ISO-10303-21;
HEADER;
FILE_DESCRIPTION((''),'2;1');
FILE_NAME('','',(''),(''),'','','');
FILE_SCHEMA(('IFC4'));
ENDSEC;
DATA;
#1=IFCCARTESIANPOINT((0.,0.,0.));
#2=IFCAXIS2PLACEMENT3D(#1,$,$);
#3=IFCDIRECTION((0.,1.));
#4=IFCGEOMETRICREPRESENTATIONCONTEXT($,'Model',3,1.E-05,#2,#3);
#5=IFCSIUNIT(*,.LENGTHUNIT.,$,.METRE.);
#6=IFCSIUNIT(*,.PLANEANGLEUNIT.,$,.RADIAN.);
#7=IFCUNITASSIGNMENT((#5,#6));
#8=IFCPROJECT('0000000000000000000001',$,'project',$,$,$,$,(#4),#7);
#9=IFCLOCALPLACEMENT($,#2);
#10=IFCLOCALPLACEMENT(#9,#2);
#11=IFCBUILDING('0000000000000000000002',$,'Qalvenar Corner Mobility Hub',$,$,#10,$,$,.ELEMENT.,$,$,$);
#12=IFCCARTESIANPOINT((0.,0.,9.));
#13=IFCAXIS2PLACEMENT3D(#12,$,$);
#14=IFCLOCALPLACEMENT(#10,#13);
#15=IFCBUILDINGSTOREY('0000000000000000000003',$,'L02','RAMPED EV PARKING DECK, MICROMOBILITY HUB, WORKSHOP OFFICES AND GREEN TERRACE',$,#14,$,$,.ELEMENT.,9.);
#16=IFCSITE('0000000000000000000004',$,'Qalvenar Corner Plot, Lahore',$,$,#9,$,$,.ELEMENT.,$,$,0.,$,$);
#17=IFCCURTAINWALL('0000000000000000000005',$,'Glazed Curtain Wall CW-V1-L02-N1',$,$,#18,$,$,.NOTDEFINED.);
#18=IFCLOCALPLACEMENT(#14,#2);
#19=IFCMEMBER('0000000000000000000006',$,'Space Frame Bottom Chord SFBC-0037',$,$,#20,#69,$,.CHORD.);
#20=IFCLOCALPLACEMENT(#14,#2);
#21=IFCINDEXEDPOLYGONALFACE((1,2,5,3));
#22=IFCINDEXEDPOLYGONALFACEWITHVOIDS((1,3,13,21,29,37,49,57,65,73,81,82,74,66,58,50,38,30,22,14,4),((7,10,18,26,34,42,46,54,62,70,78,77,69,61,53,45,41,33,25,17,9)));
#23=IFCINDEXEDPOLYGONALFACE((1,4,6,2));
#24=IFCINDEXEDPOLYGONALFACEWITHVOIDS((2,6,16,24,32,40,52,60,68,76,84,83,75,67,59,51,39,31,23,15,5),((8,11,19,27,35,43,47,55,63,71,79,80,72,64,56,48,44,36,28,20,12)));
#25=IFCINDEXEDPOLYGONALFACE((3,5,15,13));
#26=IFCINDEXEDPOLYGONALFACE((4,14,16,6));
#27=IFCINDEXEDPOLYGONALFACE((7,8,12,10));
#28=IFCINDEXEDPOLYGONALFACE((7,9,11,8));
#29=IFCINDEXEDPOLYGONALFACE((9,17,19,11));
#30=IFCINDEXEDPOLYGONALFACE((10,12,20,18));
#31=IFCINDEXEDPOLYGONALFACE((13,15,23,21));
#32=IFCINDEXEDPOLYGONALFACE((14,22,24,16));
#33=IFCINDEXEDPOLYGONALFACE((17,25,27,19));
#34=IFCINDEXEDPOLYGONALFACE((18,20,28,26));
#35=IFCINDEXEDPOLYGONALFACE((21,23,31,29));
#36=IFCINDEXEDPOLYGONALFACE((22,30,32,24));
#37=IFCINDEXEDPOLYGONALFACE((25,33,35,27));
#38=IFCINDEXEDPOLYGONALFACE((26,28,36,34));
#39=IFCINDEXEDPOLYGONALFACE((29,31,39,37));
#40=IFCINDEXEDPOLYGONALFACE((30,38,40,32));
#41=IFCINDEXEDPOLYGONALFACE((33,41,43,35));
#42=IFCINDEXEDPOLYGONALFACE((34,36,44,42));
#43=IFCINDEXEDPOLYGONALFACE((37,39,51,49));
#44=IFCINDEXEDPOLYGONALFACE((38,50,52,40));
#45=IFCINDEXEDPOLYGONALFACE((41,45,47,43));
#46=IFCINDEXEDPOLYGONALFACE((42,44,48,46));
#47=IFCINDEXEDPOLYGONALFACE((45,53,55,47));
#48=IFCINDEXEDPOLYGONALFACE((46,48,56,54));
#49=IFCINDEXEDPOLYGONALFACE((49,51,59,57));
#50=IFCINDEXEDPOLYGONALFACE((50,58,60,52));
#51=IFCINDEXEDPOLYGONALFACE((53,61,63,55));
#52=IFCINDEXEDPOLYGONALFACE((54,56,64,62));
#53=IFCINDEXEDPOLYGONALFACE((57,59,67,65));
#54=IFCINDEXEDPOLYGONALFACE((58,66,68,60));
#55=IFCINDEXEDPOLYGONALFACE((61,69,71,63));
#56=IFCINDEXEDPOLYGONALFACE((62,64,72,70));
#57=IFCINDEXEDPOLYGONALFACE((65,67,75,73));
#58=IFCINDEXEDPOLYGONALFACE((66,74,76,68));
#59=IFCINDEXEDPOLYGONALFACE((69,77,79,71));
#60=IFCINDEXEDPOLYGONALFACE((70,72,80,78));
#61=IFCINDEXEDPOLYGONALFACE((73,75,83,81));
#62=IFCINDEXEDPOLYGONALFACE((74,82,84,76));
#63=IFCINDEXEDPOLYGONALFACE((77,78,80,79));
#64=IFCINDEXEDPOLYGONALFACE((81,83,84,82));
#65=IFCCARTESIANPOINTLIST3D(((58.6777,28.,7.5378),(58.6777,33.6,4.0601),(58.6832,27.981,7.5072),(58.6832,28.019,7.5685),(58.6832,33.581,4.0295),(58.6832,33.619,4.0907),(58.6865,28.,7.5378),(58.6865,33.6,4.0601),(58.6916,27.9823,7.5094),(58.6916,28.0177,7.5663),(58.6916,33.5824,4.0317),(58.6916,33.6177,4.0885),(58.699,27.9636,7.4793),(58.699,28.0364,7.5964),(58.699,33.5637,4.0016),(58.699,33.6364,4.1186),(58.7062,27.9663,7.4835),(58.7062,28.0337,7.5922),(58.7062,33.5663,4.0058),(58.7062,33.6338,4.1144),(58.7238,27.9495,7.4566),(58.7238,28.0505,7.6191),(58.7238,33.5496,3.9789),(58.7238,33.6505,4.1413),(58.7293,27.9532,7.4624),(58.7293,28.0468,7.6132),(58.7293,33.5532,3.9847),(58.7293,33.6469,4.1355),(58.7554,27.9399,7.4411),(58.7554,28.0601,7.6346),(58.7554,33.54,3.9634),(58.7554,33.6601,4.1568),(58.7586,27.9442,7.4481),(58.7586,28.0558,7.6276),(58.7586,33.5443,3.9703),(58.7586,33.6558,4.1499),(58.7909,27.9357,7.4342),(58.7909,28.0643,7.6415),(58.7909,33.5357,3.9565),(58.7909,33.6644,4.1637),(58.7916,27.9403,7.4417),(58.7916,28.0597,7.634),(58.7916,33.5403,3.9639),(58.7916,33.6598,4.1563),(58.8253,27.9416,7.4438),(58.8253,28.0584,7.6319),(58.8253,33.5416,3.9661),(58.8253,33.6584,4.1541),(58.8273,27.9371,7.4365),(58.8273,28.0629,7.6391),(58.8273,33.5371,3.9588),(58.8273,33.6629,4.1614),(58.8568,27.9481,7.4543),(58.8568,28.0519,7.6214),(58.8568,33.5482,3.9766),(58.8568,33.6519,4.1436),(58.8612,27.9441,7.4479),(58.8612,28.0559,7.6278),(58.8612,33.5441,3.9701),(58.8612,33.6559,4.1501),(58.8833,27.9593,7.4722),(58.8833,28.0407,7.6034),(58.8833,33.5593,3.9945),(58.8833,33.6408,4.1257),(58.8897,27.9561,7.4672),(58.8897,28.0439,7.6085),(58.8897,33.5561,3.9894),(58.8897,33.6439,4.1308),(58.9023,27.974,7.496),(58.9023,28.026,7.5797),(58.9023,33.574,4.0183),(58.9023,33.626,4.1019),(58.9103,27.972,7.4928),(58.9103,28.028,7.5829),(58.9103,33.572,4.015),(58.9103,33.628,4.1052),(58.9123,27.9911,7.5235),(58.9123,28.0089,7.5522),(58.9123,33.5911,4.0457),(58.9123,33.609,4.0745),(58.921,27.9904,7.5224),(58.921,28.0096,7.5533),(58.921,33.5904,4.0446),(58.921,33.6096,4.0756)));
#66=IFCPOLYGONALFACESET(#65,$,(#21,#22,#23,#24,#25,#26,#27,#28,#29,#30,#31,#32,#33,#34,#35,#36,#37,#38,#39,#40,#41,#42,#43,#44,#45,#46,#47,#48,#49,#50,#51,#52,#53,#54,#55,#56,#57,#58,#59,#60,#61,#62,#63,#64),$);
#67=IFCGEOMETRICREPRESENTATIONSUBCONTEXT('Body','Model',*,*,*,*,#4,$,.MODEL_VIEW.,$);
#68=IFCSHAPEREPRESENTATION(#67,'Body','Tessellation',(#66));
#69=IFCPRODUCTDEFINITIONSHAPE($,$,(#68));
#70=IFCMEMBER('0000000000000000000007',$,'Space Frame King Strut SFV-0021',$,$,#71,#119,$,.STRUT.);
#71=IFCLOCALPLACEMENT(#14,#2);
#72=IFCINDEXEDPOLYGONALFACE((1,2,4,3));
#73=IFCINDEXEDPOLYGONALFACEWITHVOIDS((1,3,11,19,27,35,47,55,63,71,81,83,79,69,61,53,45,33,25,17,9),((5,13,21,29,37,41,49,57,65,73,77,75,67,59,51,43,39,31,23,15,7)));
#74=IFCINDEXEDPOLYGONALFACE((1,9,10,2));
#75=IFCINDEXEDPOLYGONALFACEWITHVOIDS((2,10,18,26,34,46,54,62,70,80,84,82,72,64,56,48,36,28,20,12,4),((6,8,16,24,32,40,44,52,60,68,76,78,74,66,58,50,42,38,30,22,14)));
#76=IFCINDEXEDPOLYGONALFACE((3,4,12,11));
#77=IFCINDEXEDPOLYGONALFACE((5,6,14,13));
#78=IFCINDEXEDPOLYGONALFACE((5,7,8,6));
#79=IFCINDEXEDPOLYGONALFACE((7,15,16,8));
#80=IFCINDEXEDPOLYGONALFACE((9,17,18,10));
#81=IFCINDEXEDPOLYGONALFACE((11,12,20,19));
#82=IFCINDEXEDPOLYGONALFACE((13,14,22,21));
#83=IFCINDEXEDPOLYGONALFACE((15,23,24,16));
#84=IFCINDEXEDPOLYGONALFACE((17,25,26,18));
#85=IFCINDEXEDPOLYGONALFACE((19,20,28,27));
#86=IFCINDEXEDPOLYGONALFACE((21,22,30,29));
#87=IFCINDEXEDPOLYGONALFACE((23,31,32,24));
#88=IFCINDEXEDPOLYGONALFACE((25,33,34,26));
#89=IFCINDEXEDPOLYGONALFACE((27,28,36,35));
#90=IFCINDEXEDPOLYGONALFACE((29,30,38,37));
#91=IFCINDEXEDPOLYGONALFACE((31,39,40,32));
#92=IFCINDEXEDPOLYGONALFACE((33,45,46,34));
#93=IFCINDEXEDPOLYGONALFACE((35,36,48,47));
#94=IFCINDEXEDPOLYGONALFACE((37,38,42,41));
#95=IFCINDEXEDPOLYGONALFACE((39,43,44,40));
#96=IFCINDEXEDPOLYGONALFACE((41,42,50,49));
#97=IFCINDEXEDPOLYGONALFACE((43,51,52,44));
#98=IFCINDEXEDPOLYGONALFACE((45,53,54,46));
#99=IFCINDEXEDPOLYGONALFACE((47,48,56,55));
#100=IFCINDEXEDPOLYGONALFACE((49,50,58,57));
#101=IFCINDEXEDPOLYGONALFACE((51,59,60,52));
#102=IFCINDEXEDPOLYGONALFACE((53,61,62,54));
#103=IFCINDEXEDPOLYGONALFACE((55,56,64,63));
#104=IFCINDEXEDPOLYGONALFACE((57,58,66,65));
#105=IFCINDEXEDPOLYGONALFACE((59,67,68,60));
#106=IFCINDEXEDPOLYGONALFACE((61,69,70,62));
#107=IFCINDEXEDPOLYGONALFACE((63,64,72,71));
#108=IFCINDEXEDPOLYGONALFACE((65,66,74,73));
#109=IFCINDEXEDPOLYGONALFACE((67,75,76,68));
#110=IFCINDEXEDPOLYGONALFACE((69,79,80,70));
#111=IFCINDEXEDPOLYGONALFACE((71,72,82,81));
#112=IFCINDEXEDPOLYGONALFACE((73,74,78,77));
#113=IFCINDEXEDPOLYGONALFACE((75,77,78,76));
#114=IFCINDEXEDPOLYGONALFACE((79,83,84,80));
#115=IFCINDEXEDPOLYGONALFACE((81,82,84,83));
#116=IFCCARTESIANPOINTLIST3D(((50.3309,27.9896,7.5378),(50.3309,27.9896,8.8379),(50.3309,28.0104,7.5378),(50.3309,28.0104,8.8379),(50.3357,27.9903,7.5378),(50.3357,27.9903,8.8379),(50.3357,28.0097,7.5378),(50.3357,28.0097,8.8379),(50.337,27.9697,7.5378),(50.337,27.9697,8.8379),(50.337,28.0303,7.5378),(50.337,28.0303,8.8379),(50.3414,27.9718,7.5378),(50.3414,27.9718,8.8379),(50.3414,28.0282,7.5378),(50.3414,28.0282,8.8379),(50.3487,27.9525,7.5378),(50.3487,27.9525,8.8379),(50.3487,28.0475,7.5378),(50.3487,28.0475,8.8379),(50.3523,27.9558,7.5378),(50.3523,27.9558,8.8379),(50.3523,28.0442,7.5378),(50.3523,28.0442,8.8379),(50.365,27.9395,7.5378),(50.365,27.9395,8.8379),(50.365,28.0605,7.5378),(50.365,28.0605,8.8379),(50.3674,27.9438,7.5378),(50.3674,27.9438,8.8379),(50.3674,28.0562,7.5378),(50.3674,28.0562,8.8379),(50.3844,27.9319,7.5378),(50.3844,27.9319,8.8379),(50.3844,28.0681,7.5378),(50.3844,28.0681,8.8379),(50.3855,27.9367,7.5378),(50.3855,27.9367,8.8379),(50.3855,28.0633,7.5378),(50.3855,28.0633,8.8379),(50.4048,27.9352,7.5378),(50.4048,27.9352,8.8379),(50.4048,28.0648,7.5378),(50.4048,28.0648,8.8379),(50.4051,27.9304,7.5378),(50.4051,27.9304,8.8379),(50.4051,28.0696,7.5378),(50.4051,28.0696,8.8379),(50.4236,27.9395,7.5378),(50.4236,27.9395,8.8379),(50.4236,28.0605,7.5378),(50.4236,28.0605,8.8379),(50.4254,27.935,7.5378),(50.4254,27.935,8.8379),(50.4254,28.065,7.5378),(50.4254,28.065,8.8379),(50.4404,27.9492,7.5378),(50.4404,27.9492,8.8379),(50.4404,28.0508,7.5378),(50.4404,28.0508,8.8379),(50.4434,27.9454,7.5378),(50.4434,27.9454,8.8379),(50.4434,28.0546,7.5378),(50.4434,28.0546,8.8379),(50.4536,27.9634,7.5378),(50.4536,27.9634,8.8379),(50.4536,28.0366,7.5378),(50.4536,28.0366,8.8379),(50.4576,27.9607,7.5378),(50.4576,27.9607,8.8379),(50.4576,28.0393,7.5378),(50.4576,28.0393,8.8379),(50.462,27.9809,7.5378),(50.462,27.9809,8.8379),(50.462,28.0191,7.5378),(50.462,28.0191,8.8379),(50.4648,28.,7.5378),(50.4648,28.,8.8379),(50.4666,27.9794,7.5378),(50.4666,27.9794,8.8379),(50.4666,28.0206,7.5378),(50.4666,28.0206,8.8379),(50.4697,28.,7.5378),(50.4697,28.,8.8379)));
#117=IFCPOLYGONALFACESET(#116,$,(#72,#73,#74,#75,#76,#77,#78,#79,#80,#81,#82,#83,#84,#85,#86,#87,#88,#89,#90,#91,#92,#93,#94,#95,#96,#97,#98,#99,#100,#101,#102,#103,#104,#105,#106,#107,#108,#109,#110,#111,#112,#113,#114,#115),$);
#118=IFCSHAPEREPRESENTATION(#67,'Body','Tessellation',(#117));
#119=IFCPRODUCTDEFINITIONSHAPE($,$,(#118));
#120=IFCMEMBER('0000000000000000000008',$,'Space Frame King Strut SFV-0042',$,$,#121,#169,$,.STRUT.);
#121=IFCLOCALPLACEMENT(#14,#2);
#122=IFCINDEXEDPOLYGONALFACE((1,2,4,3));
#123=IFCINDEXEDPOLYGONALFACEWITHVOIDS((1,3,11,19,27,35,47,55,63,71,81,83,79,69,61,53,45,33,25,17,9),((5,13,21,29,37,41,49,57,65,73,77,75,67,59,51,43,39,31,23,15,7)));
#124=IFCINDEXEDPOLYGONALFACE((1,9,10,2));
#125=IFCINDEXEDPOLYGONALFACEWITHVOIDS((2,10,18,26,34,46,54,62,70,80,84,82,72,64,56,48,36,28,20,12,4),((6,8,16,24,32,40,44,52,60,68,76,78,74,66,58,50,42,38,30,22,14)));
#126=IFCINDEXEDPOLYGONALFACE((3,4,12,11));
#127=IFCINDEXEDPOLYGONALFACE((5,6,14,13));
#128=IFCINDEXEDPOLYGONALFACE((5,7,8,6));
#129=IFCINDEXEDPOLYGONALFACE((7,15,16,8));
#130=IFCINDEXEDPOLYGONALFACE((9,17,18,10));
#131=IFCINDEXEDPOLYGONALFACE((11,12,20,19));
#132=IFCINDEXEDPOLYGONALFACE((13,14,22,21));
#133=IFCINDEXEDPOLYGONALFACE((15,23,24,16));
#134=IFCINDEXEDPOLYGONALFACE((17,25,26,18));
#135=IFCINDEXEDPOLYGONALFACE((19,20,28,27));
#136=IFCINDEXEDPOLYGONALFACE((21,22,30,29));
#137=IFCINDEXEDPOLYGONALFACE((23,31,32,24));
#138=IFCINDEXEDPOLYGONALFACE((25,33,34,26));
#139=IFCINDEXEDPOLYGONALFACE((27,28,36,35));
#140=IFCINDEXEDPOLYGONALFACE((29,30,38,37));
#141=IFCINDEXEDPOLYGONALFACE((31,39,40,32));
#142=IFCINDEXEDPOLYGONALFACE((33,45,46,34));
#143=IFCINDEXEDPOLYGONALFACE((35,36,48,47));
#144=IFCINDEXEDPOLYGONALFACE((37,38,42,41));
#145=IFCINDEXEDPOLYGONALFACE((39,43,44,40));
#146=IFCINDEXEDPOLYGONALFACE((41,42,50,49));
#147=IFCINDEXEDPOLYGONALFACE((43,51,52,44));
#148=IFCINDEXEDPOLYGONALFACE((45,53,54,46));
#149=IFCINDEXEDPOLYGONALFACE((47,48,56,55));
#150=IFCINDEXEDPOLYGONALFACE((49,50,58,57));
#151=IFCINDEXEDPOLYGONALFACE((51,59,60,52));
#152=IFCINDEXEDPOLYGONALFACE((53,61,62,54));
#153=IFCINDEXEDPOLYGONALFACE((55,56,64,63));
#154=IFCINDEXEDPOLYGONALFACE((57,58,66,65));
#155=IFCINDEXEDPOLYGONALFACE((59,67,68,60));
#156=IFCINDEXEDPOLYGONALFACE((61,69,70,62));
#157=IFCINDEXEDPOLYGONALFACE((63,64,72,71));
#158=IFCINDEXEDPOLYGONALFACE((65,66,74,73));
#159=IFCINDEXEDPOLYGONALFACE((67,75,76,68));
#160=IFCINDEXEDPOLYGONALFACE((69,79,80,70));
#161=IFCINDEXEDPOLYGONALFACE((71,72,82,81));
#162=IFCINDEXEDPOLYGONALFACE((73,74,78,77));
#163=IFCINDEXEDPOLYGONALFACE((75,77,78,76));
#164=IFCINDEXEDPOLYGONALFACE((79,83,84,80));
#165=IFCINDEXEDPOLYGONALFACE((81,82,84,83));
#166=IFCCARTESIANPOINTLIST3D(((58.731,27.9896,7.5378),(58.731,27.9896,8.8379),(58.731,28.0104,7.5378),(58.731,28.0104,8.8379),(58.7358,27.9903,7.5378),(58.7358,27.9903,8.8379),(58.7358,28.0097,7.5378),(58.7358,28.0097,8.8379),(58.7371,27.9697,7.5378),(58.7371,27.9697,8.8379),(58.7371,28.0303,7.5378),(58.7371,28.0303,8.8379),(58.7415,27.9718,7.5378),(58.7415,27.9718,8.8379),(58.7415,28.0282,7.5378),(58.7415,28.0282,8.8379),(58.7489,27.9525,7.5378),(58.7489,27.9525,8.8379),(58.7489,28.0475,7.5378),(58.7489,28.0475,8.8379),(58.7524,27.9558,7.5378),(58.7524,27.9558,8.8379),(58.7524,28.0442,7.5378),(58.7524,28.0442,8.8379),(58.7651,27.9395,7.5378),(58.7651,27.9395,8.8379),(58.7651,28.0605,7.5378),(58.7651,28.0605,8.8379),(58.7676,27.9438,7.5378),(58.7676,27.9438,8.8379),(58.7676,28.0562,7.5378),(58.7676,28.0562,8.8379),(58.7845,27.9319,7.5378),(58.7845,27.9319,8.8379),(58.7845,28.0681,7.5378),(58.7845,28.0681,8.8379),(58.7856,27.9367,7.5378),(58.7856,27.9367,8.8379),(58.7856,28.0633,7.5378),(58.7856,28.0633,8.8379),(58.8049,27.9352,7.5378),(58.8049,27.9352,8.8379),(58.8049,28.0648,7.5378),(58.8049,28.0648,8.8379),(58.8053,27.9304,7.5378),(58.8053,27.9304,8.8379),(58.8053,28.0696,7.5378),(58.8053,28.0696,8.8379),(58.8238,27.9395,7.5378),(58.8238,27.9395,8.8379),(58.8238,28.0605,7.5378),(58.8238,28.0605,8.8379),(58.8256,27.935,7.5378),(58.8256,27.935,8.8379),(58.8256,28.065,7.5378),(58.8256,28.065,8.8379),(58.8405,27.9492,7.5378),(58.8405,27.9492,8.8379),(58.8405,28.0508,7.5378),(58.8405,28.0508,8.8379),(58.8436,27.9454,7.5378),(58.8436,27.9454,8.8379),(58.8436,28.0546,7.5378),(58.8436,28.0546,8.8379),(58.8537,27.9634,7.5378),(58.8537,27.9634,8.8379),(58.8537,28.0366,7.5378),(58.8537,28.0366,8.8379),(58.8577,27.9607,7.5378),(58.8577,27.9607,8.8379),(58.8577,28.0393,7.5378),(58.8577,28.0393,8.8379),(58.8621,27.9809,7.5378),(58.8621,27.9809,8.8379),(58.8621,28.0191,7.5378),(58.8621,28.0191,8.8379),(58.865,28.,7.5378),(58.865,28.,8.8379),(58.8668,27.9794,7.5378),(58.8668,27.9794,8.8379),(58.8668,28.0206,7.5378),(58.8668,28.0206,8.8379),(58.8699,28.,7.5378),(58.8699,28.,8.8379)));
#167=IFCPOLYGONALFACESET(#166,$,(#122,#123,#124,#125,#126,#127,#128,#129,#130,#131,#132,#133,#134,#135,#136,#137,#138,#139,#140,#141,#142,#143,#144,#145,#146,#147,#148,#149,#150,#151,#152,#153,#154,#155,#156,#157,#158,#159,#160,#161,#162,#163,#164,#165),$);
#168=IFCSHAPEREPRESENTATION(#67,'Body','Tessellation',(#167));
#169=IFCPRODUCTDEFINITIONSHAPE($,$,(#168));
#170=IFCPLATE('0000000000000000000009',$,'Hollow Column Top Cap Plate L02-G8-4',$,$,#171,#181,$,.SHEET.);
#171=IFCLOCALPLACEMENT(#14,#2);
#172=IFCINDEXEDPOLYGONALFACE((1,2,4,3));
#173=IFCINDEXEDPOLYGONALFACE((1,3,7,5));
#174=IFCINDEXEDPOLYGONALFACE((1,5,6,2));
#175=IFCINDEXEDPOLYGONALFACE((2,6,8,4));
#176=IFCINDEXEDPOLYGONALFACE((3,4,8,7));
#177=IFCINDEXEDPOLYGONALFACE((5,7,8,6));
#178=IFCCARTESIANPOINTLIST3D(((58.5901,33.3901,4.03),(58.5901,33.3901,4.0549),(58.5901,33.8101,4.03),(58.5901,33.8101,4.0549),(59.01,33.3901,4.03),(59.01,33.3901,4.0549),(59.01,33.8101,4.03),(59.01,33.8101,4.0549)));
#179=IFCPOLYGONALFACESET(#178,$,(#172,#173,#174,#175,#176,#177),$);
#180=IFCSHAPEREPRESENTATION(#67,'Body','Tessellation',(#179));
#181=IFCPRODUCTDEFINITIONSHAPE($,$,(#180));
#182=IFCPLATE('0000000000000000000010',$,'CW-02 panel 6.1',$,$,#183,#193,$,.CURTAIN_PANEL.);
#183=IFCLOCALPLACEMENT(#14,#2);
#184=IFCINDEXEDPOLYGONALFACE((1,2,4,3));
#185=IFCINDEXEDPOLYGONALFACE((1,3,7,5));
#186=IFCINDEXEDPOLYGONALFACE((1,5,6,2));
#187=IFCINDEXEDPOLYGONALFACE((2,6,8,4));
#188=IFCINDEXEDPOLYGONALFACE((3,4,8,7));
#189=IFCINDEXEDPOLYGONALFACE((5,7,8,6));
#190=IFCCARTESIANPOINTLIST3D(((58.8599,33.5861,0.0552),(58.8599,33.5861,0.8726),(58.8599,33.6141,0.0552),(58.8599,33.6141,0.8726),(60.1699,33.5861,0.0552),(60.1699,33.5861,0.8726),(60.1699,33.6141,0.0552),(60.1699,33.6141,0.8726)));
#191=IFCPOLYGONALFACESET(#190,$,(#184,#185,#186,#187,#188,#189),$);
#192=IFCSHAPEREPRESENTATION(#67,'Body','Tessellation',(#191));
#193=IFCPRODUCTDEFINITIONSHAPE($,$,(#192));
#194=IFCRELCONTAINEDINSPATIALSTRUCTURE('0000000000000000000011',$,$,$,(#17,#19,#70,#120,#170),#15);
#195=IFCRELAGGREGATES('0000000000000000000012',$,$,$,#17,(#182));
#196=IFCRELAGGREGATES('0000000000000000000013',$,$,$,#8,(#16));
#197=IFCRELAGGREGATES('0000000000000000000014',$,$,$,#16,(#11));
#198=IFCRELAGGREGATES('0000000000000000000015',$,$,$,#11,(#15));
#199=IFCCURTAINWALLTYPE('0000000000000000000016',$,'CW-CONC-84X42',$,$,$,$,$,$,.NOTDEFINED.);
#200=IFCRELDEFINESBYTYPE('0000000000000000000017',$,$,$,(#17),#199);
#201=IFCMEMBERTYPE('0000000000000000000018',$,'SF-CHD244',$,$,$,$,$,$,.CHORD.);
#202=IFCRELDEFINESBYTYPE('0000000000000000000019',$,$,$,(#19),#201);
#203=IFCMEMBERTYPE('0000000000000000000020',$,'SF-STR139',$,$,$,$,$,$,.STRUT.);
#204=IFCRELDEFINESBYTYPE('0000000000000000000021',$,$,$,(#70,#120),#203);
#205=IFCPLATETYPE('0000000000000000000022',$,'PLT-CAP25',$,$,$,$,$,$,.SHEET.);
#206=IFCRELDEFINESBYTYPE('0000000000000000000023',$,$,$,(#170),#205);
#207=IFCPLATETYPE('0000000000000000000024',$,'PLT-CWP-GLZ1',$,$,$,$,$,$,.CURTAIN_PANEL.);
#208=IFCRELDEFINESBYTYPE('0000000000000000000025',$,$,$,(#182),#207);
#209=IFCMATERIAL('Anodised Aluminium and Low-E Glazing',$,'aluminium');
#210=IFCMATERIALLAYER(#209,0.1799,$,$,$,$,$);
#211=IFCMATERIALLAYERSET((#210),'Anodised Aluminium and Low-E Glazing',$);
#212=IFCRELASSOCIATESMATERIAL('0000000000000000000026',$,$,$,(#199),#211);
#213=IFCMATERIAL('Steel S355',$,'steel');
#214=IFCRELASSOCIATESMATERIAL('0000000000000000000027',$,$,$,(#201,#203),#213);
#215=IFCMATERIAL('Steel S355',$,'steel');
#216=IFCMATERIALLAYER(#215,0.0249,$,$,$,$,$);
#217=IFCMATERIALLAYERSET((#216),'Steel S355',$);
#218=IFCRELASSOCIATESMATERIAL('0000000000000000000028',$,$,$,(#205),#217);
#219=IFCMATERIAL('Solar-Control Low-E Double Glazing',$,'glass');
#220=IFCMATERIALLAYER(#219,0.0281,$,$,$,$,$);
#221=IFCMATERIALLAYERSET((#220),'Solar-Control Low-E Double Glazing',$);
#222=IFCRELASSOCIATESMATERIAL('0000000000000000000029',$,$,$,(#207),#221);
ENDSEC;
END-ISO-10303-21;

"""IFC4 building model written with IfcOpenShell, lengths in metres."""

from ifc_helpers import new_model, si_unit, direction, frame, origin, origin_2d, place, context, subcontext, project, spatial, rectangle, hollow_circle, extrude, material, layer, layer_set, material_profile, profile_set, type_object, element, aggregate, save


model = new_model("IFC4")

# Units and contexts
model_context = context("Model", 3, precision=1e-05, world=origin(), true_north=direction((0.0, 1.0)))
body_context = subcontext(model_context, "Body", "Model", "MODEL_VIEW")
ifc_project = project(units=[si_unit("LENGTHUNIT", "METRE"), si_unit("PLANEANGLEUNIT", "RADIAN")], contexts=[model_context])

# Site, building, storey
site_placement = place(None, origin())
site = spatial("IfcSite", under=ifc_project, at=site_placement, Name="Qalvenar Corner Plot, Lahore", CompositionType="ELEMENT", RefElevation=0.0)
building_placement = place(site_placement, origin())
building = spatial("IfcBuilding", under=site, at=building_placement, Name="Qalvenar Corner Mobility Hub", CompositionType="ELEMENT")
storey_placement = place(building_placement, frame((0.0, 0.0, 9.0)))
storey = spatial("IfcBuildingStorey", under=building, at=storey_placement, Name="L02", Description="RAMPED EV PARKING DECK, MICROMOBILITY HUB, WORKSHOP OFFICES AND GREEN TERRACE", CompositionType="ELEMENT", Elevation=9.0)

# Curtain wall
ifc_material_1 = material(Name="Anodised Aluminium and Low-E Glazing", Category="aluminium")
ifc_layer_1 = layer(ifc_material_1, 0.1799)
ifc_layer_set_1 = layer_set([ifc_layer_1], Name="Anodised Aluminium and Low-E Glazing")
curtain_wall_type = type_object("IfcCurtainWallType", Name="CW-CONC-84X42", PredefinedType="NOTDEFINED", material=ifc_layer_set_1)
curtain_wall_placement = place(storey_placement, origin())
curtain_wall = element("IfcCurtainWall", 1, at=curtain_wall_placement, inside=storey, type_object=curtain_wall_type, Name="Glazed Curtain Wall CW-V1-L02-N1", PredefinedType="NOTDEFINED")

# Members
ifc_material_2 = material(Name="Steel S355", Category="steel")
ifc_material_profile_1 = material_profile(ifc_material_2, hollow_circle(Radius=0.1223, WallThickness=0.0088, at=origin_2d()), Name="CHS244.5x8.8")
ifc_profile_set_1 = profile_set([ifc_material_profile_1], Name="Steel S355")
member_type_1 = type_object("IfcMemberType", Name="SF-CHD244", PredefinedType="CHORD", material=ifc_profile_set_1)
for number, where, z_axis, x_axis, name in (
    (2, (58.8, 28.0, 7.5378), (0.0, 0.849514, -0.527567), (-1.0, 0.0, 0.0), "Space Frame Bottom Chord SFBC-0037"),
):
    element("IfcMember", number, at=place(storey_placement, frame(where, z_axis=z_axis, x_axis=x_axis)), inside=storey, type_object=member_type_1, Name=name, PredefinedType="CHORD", context=body_context, shape_type="SweptSolid", body=[
        extrude(hollow_circle(Radius=0.1223, WallThickness=0.0088, at=origin_2d()), origin(), (0.0, 0.0, 1.0), 6.592),
    ])
ifc_material_profile_2 = material_profile(ifc_material_2, hollow_circle(Radius=0.0698, WallThickness=0.0049, at=origin_2d()), Name="CHS139.7x5")
ifc_profile_set_2 = profile_set([ifc_material_profile_2], Name="Steel S355")
member_type_2 = type_object("IfcMemberType", Name="SF-STR139", PredefinedType="STRUT", material=ifc_profile_set_2)
for number, where, z_axis, x_axis, name in (
    (3, (50.3999, 28.0, 7.5378), (0.0, 0.0, 1.0), (1.0, 0.0, 0.0), "Space Frame King Strut SFV-0021"),
    (4, (58.8, 28.0, 7.5378), (0.0, 0.0, 1.0), (1.0, 0.0, 0.0), "Space Frame King Strut SFV-0042"),
):
    element("IfcMember", number, at=place(storey_placement, frame(where, z_axis=z_axis, x_axis=x_axis)), inside=storey, type_object=member_type_2, Name=name, PredefinedType="STRUT", context=body_context, shape_type="SweptSolid", body=[
        extrude(hollow_circle(Radius=0.0698, WallThickness=0.0049, at=origin_2d()), origin(), (0.0, 0.0, 1.0), 1.3),
    ])

# Plates
ifc_material_3 = material(Name="Steel S355", Category="steel")
ifc_layer_2 = layer(ifc_material_3, 0.0249)
ifc_layer_set_2 = layer_set([ifc_layer_2], Name="Steel S355")
plate_type_1 = type_object("IfcPlateType", Name="PLT-CAP25", PredefinedType="SHEET", material=ifc_layer_set_2)
plate_1_placement = place(storey_placement, frame((58.8, 33.6001, 4.03), z_axis=(0.0, 0.0, 1.0), x_axis=(1.0, 0.0, 0.0)))
element("IfcPlate", 5, at=plate_1_placement, inside=storey, type_object=plate_type_1, Name="Hollow Column Top Cap Plate L02-G8-4", PredefinedType="SHEET", context=body_context, shape_type="SweptSolid", body=[
    extrude(rectangle(XDim=0.4199, YDim=0.4199, at=origin_2d()), origin(), (0.0, 0.0, 1.0), 0.0249),
])
ifc_material_4 = material(Name="Solar-Control Low-E Double Glazing", Category="glass")
ifc_layer_3 = layer(ifc_material_4, 0.0281)
ifc_layer_set_3 = layer_set([ifc_layer_3], Name="Solar-Control Low-E Double Glazing")
plate_type_2 = type_object("IfcPlateType", Name="PLT-CWP-GLZ1", PredefinedType="CURTAIN_PANEL", material=ifc_layer_set_3)
plate_2_placement = place(storey_placement, frame((59.5149, 33.6001, 0.0552), z_axis=(0.0, 0.0, 1.0), x_axis=(-1.0, 0.0, 0.0)))
plate_2 = element("IfcPlate", 6, at=plate_2_placement, type_object=plate_type_2, Name="CW-02 panel 6.1", PredefinedType="CURTAIN_PANEL", context=body_context, shape_type="SweptSolid", body=[
    extrude(rectangle(XDim=1.3101, YDim=0.0281, at=origin_2d()), origin(), (0.0, 0.0, 1.0), 0.8174),
])
aggregate(curtain_wall, [plate_2])

save(model, "model.ifc")
